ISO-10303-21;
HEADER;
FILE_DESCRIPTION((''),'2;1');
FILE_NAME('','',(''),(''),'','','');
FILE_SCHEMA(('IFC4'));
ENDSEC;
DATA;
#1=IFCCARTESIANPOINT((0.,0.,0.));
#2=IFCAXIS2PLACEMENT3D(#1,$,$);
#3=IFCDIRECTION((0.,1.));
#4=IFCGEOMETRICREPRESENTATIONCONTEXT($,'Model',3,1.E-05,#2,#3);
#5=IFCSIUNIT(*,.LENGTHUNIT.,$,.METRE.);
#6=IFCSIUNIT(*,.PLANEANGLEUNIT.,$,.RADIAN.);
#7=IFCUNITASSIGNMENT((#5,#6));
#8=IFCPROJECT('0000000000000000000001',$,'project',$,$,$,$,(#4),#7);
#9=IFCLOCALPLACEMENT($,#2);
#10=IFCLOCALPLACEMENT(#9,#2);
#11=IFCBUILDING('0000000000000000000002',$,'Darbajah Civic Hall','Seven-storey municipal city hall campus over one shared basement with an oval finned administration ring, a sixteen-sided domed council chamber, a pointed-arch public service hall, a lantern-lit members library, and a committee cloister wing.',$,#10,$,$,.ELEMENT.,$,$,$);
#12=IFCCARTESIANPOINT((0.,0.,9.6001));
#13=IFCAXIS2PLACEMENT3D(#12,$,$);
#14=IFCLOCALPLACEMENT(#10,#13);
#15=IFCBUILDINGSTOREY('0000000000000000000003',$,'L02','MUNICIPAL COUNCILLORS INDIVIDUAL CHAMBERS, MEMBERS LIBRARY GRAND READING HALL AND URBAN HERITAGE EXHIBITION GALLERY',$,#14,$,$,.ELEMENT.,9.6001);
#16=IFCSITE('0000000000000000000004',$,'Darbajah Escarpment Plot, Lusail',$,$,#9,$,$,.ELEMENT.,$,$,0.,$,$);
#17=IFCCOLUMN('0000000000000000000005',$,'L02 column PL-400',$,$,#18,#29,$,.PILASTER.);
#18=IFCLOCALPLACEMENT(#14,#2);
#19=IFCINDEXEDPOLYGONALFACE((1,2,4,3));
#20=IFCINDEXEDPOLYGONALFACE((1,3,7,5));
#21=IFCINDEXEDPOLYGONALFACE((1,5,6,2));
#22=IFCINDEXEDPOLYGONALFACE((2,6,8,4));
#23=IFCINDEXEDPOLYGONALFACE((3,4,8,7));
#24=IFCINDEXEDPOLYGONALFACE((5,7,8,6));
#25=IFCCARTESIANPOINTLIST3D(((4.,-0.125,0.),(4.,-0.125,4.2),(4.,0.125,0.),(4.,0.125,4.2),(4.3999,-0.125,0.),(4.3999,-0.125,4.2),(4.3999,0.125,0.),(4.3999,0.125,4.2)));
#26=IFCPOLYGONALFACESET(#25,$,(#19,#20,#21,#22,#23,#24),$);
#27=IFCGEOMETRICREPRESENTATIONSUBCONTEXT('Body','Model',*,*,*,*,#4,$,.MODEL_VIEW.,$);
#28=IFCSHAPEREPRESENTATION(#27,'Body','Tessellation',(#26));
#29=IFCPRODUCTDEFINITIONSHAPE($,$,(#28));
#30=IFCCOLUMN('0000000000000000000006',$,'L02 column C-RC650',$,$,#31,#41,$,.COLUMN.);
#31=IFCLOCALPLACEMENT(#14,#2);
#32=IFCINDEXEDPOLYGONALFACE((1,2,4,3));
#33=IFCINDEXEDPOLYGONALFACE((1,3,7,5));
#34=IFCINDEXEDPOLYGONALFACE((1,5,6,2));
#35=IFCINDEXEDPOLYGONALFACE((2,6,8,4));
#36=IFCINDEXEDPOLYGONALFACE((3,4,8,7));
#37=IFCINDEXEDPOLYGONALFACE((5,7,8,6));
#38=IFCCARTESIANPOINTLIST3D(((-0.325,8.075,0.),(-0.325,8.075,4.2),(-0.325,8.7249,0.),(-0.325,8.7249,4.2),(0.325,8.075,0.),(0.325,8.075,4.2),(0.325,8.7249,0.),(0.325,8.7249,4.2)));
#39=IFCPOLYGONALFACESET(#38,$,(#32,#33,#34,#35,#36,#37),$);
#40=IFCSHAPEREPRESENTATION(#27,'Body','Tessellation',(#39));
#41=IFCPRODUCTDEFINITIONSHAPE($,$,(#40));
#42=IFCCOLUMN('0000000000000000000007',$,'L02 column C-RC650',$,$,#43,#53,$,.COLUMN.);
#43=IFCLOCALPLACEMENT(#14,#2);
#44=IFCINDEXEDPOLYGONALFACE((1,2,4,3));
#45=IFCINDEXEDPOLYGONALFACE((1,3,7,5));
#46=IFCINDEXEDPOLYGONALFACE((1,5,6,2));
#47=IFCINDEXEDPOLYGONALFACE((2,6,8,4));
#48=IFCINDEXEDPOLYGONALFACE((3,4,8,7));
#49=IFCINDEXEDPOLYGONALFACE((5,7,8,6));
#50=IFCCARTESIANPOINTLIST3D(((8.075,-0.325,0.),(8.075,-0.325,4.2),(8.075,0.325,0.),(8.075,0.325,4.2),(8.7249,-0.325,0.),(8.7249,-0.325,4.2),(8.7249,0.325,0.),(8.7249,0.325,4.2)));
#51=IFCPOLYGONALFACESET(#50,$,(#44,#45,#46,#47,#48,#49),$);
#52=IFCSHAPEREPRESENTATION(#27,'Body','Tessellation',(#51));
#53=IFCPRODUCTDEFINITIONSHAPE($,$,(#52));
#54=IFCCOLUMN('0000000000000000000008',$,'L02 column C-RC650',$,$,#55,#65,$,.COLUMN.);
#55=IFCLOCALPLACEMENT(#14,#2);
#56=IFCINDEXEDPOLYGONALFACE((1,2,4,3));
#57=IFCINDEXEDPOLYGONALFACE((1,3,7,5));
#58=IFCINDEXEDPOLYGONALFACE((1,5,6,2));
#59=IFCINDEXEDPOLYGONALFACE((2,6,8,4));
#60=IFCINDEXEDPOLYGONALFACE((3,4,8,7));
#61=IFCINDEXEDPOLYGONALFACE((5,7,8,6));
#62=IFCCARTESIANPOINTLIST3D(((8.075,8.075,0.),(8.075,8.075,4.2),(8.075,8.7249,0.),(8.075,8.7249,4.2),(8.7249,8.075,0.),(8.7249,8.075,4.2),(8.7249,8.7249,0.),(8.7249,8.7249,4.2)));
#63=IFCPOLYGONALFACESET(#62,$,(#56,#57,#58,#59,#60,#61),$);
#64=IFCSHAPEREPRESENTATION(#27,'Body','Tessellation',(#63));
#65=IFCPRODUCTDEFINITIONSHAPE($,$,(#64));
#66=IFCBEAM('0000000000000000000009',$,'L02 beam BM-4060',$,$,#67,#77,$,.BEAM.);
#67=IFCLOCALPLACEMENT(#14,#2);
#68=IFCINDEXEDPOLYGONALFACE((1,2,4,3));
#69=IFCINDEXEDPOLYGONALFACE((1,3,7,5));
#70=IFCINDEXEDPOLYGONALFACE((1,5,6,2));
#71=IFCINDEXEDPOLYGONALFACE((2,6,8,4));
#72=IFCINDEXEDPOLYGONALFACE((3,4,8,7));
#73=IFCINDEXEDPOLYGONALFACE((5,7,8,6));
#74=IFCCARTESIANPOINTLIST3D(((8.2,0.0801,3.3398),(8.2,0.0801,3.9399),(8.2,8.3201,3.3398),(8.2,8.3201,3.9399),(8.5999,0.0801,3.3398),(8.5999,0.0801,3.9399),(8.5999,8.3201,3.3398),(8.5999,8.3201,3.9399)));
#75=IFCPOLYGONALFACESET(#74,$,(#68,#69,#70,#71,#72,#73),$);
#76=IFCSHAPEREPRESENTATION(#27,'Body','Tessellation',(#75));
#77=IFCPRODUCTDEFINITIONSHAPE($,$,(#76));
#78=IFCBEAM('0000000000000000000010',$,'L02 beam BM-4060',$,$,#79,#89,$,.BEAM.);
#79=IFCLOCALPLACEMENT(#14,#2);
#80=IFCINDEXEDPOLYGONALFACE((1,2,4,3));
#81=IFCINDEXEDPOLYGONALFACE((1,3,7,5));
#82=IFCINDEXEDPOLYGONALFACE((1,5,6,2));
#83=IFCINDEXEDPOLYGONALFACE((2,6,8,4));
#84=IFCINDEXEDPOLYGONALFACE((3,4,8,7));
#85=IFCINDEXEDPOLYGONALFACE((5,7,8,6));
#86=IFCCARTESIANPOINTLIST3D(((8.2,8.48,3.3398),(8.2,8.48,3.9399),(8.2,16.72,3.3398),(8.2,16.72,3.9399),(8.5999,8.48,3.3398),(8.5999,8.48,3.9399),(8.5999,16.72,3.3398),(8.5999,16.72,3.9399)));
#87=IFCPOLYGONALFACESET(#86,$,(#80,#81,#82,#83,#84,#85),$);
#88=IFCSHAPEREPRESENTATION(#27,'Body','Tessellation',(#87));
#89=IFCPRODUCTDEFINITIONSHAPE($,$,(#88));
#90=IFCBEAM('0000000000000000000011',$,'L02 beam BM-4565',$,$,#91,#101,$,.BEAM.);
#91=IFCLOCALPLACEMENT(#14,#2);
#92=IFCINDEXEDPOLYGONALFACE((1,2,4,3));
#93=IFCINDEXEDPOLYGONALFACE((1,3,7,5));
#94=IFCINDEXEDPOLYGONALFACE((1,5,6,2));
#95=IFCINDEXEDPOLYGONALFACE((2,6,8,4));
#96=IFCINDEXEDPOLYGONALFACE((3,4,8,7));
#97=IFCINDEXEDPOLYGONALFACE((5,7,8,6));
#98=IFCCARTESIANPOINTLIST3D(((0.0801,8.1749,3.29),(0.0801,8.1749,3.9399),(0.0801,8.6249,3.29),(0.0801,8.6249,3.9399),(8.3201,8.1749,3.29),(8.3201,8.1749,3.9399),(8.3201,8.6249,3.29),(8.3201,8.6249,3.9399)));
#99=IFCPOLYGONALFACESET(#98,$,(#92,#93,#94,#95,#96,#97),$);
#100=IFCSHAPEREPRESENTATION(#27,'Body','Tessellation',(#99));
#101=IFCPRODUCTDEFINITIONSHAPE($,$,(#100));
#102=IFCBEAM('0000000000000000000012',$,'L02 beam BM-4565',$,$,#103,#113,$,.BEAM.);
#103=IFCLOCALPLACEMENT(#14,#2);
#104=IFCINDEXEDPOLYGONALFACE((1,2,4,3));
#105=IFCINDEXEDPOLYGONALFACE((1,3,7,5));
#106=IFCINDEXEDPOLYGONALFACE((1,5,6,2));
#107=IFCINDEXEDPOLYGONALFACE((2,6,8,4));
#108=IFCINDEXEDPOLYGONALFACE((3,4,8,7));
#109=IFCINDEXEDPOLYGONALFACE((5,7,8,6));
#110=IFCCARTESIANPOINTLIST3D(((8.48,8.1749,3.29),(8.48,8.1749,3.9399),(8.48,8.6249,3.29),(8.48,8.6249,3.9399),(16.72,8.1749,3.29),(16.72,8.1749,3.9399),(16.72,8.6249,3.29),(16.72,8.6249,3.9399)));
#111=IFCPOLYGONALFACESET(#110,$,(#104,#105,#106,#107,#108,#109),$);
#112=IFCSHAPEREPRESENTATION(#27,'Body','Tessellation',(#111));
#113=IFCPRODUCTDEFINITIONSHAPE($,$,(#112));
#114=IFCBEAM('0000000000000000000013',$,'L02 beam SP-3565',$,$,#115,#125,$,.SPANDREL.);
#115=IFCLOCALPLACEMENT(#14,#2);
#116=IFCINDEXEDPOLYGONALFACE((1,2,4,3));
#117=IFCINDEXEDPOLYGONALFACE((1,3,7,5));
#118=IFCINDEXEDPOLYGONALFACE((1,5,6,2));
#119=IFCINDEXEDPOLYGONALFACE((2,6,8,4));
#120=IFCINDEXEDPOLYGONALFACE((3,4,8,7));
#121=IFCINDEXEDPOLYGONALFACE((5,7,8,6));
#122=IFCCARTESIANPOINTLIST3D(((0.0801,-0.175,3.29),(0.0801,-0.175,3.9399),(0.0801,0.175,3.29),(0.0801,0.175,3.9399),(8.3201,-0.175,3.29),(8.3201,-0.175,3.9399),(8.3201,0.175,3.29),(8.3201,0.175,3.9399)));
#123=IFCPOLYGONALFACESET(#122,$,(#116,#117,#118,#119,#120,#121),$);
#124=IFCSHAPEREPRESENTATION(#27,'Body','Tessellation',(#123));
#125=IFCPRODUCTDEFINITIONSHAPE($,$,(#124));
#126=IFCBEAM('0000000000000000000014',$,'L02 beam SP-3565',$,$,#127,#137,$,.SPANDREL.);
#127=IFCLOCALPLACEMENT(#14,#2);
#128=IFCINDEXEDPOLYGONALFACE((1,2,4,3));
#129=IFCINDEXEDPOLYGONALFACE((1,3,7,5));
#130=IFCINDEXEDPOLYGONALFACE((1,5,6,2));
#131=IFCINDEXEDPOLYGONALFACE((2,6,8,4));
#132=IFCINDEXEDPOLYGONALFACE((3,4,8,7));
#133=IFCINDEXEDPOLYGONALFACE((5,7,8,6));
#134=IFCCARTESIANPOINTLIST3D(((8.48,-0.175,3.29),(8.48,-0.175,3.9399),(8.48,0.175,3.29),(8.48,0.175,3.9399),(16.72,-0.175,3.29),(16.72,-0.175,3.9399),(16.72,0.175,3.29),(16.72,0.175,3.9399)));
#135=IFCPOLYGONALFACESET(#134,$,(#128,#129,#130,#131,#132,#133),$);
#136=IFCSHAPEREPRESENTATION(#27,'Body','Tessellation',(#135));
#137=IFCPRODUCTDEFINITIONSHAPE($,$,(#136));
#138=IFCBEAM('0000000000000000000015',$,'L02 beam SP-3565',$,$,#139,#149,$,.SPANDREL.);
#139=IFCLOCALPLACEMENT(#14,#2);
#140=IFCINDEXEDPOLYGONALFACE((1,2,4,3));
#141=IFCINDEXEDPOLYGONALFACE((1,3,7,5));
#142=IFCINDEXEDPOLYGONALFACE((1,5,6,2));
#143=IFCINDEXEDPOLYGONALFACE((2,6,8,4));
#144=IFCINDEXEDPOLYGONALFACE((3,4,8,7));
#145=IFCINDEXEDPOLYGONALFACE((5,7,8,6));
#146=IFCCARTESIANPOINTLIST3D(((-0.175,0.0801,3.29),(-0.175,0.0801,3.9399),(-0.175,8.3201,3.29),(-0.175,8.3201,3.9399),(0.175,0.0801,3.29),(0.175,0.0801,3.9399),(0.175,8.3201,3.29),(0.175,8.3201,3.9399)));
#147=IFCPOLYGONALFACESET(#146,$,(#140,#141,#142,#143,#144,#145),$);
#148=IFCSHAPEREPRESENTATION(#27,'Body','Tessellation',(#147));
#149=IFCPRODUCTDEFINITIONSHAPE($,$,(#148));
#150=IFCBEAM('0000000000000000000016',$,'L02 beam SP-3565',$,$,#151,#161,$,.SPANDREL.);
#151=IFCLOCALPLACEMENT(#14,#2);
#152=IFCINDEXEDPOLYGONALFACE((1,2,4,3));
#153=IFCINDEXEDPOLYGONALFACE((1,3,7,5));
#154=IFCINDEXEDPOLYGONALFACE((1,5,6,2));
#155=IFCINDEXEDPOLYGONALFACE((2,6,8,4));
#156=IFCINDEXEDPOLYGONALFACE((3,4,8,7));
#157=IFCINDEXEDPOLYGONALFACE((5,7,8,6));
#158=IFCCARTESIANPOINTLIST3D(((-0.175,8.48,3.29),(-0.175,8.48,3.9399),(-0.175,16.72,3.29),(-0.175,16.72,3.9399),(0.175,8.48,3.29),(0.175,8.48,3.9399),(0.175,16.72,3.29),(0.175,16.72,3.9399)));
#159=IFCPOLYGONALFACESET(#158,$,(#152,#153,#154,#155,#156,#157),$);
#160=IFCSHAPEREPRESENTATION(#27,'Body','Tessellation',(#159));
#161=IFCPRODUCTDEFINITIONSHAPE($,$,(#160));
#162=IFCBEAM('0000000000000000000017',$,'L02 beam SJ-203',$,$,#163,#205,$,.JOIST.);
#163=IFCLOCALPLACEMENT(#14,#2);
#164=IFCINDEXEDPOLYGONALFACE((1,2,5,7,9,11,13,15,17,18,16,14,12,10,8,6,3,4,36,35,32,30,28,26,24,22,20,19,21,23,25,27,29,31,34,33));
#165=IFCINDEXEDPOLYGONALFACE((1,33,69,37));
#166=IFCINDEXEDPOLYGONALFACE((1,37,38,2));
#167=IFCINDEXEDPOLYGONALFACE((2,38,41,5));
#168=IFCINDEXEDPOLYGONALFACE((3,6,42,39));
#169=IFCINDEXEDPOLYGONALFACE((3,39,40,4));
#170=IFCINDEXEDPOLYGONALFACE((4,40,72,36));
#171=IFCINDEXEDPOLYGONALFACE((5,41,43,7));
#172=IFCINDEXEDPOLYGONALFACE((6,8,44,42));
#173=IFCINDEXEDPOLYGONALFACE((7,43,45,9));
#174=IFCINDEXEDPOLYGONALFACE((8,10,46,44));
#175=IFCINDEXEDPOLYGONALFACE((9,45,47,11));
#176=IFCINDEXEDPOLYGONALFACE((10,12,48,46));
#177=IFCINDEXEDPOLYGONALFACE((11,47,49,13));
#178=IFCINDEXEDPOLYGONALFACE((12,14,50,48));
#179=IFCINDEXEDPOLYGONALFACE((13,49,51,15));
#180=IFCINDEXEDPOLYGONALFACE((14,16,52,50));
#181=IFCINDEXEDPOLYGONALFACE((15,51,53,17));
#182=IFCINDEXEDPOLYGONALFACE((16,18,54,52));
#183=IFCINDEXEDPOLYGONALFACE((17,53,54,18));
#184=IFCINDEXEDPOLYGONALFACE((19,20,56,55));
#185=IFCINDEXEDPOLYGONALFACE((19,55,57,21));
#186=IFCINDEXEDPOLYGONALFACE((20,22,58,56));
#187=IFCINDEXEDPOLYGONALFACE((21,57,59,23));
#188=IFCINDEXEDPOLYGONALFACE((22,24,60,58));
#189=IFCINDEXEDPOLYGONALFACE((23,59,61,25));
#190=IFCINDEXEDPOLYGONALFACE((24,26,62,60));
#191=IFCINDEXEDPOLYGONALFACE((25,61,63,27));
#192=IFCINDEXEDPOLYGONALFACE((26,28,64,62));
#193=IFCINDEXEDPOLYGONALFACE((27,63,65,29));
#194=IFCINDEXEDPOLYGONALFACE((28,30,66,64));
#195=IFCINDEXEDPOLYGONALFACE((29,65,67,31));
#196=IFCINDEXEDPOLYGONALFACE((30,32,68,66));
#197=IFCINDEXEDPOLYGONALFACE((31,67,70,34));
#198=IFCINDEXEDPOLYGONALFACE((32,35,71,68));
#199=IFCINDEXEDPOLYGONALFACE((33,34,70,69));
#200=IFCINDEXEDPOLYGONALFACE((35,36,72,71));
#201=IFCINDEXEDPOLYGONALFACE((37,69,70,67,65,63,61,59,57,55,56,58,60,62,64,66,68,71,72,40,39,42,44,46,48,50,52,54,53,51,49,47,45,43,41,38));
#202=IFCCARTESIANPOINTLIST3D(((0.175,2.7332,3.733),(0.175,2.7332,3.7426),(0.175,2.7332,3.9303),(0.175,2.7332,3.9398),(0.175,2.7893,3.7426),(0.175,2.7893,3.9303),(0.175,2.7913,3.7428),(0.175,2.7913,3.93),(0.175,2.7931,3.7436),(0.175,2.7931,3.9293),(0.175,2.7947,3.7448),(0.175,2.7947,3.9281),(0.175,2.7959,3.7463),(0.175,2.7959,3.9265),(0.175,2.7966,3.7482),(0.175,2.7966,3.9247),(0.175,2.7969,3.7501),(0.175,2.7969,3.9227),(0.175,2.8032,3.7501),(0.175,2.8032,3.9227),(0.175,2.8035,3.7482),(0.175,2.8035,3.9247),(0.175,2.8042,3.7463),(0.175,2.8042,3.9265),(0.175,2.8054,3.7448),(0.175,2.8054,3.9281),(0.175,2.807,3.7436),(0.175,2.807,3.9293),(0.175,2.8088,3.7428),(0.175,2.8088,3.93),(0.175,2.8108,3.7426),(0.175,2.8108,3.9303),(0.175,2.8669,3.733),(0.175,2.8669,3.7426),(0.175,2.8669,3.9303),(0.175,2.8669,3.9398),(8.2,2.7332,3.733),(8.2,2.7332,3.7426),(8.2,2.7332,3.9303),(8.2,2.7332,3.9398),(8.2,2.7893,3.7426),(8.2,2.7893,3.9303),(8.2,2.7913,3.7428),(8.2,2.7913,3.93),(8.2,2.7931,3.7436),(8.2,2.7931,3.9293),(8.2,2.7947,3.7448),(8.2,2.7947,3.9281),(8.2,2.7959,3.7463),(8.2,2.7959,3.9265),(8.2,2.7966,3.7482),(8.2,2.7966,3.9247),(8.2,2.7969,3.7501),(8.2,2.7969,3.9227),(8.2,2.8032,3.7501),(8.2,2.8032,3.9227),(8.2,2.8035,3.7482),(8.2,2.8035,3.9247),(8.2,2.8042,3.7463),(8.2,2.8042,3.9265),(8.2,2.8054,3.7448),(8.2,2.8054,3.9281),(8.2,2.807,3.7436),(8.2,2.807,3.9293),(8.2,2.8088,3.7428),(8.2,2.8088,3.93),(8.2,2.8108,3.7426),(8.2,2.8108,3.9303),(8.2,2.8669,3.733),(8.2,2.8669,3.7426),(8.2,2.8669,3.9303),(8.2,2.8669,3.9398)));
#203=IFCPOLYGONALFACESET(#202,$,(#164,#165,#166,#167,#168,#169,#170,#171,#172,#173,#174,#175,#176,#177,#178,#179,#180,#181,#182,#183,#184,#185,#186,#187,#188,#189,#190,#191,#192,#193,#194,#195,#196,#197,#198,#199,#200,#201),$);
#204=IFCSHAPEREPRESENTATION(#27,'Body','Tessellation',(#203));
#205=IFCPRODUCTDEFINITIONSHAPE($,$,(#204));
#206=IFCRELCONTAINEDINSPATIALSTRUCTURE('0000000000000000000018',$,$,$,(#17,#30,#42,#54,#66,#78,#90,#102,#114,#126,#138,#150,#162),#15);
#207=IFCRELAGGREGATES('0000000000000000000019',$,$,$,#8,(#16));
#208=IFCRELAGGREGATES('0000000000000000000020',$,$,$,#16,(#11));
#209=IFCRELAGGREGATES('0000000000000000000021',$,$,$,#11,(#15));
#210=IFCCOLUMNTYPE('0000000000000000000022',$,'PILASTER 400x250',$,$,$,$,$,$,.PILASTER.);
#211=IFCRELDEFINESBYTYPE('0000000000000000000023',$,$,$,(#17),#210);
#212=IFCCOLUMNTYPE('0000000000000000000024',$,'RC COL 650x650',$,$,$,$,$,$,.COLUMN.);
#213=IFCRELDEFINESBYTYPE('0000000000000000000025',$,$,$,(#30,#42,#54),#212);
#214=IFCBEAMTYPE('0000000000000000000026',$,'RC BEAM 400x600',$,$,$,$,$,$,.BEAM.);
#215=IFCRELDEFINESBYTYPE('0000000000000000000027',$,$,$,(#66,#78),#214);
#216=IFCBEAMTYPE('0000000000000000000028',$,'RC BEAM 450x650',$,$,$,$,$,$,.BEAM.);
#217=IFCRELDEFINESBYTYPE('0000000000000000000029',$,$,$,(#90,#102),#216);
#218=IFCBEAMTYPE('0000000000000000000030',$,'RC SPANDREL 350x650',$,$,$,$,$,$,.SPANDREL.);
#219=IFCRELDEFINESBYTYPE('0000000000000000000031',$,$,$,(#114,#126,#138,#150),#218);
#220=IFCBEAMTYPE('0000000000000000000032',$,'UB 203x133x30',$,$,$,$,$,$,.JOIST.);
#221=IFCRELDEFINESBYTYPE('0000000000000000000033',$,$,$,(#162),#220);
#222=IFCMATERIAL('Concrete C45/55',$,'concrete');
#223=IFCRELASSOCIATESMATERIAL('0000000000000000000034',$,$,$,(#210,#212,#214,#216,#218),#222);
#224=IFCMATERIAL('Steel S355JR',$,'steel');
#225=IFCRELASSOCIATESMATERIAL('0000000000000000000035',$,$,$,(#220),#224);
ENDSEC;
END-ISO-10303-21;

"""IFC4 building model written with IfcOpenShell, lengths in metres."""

from ifc_helpers import new_model, si_unit, direction, frame, origin, origin_2d, place, context, subcontext, project, spatial, rectangle, i_section, extrude, material, material_profile, profile_set, type_object, element, save


model = new_model("IFC4")

# Units and contexts
model_context = context("Model", 3, precision=1e-05, world=origin(), true_north=direction((0.0, 1.0)))
body_context = subcontext(model_context, "Body", "Model", "MODEL_VIEW")
ifc_project = project(units=[si_unit("LENGTHUNIT", "METRE"), si_unit("PLANEANGLEUNIT", "RADIAN")], contexts=[model_context])

# Site, building, storey
site_placement = place(None, origin())
site = spatial("IfcSite", under=ifc_project, at=site_placement, Name="Darbajah Escarpment Plot, Lusail", CompositionType="ELEMENT", RefElevation=0.0)
building_placement = place(site_placement, origin())
building = spatial("IfcBuilding", under=site, at=building_placement, Name="Darbajah Civic Hall", Description="Seven-storey municipal city hall campus over one shared basement with an oval finned administration ring, a sixteen-sided domed council chamber, a pointed-arch public service hall, a lantern-lit members library, and a committee cloister wing.", CompositionType="ELEMENT")
storey_placement = place(building_placement, frame((0.0, 0.0, 9.6001)))
storey = spatial("IfcBuildingStorey", under=building, at=storey_placement, Name="L02", Description="MUNICIPAL COUNCILLORS INDIVIDUAL CHAMBERS, MEMBERS LIBRARY GRAND READING HALL AND URBAN HERITAGE EXHIBITION GALLERY", CompositionType="ELEMENT", Elevation=9.6001)

# Columns
ifc_material_1 = material(Name="Concrete C45/55", Category="concrete")
ifc_material_profile_1 = material_profile(ifc_material_1, rectangle(XDim=0.3999, YDim=0.25, at=origin_2d()), Name="PILASTER 400x250")
ifc_profile_set_1 = profile_set([ifc_material_profile_1], Name="Concrete C45/55")
column_type_1 = type_object("IfcColumnType", Name="PILASTER 400x250", PredefinedType="PILASTER", material=ifc_profile_set_1)
column_placement = place(storey_placement, frame((4.2, 0.0, 0.0), z_axis=(0.0, 0.0, 1.0), x_axis=(1.0, 0.0, 0.0)))
element("IfcColumn", 1, at=column_placement, inside=storey, type_object=column_type_1, Name="L02 column PL-400", PredefinedType="PILASTER", context=body_context, shape_type="SweptSolid", body=[
    extrude(rectangle(XDim=0.3999, YDim=0.25, at=origin_2d()), origin(), (0.0, 0.0, 1.0), 4.2),
])
ifc_material_profile_2 = material_profile(ifc_material_1, rectangle(XDim=0.6499, YDim=0.6499, at=origin_2d()), Name="RC COL 650x650")
ifc_profile_set_2 = profile_set([ifc_material_profile_2], Name="Concrete C45/55")
column_type_2 = type_object("IfcColumnType", Name="RC COL 650x650", PredefinedType="COLUMN", material=ifc_profile_set_2)
for number, where, z_axis, x_axis, name in (
    (2, (0.0, 8.3999, 0.0), (0.0, 0.0, 1.0), (1.0, 0.0, 0.0), "L02 column C-RC650"),
    (3, (8.3999, 0.0, 0.0), (0.0, 0.0, 1.0), (1.0, 0.0, 0.0), "L02 column C-RC650"),
    (4, (8.3999, 8.3999, 0.0), (0.0, 0.0, 1.0), (1.0, 0.0, 0.0), "L02 column C-RC650"),
):
    element("IfcColumn", number, at=place(storey_placement, frame(where, z_axis=z_axis, x_axis=x_axis)), inside=storey, type_object=column_type_2, Name=name, PredefinedType="COLUMN", context=body_context, shape_type="SweptSolid", body=[
        extrude(rectangle(XDim=0.6499, YDim=0.6499, at=origin_2d()), origin(), (0.0, 0.0, 1.0), 4.2),
    ])

# Beams
ifc_material_profile_3 = material_profile(ifc_material_1, rectangle(XDim=0.3999, YDim=0.6001, at=origin_2d()), Name="RC BEAM 400x600")
ifc_profile_set_3 = profile_set([ifc_material_profile_3], Name="Concrete C45/55")
beam_type_1 = type_object("IfcBeamType", Name="RC BEAM 400x600", PredefinedType="BEAM", material=ifc_profile_set_3)
for number, where, z_axis, x_axis, name in (
    (5, (8.3999, 0.0801, 3.6399), (0.0, 1.0, 0.0), (-1.0, 0.0, 0.0), "L02 beam BM-4060"),
    (6, (8.3999, 8.48, 3.6399), (0.0, 1.0, 0.0), (-1.0, 0.0, 0.0), "L02 beam BM-4060"),
):
    element("IfcBeam", number, at=place(storey_placement, frame(where, z_axis=z_axis, x_axis=x_axis)), inside=storey, type_object=beam_type_1, Name=name, PredefinedType="BEAM", context=body_context, shape_type="SweptSolid", body=[
        extrude(rectangle(XDim=0.3999, YDim=0.6001, at=origin_2d()), origin(), (0.0, 0.0, 1.0), 8.24),
    ])
ifc_material_profile_4 = material_profile(ifc_material_1, rectangle(XDim=0.45, YDim=0.6499, at=origin_2d()), Name="RC BEAM 450x650")
ifc_profile_set_4 = profile_set([ifc_material_profile_4], Name="Concrete C45/55")
beam_type_2 = type_object("IfcBeamType", Name="RC BEAM 450x650", PredefinedType="BEAM", material=ifc_profile_set_4)
for number, where, z_axis, x_axis, name in (
    (7, (0.0801, 8.3999, 3.615), (1.0, 0.0, 0.0), (0.0, 1.0, 0.0), "L02 beam BM-4565"),
    (8, (8.48, 8.3999, 3.615), (1.0, 0.0, 0.0), (0.0, 1.0, 0.0), "L02 beam BM-4565"),
):
    element("IfcBeam", number, at=place(storey_placement, frame(where, z_axis=z_axis, x_axis=x_axis)), inside=storey, type_object=beam_type_2, Name=name, PredefinedType="BEAM", context=body_context, shape_type="SweptSolid", body=[
        extrude(rectangle(XDim=0.45, YDim=0.6499, at=origin_2d()), origin(), (0.0, 0.0, 1.0), 8.24),
    ])
ifc_material_profile_5 = material_profile(ifc_material_1, rectangle(XDim=0.3501, YDim=0.6499, at=origin_2d()), Name="RC SPANDREL 350x650")
ifc_profile_set_5 = profile_set([ifc_material_profile_5], Name="Concrete C45/55")
beam_type_3 = type_object("IfcBeamType", Name="RC SPANDREL 350x650", PredefinedType="SPANDREL", material=ifc_profile_set_5)
for number, where, z_axis, x_axis, name in (
    (9, (0.0801, 0.0, 3.615), (1.0, 0.0, 0.0), (0.0, 1.0, 0.0), "L02 beam SP-3565"),
    (10, (8.48, 0.0, 3.615), (1.0, 0.0, 0.0), (0.0, 1.0, 0.0), "L02 beam SP-3565"),
    (11, (0.0, 0.0801, 3.615), (0.0, 1.0, 0.0), (-1.0, 0.0, 0.0), "L02 beam SP-3565"),
    (12, (0.0, 8.48, 3.615), (0.0, 1.0, 0.0), (-1.0, 0.0, 0.0), "L02 beam SP-3565"),
):
    element("IfcBeam", number, at=place(storey_placement, frame(where, z_axis=z_axis, x_axis=x_axis)), inside=storey, type_object=beam_type_3, Name=name, PredefinedType="SPANDREL", context=body_context, shape_type="SweptSolid", body=[
        extrude(rectangle(XDim=0.3501, YDim=0.6499, at=origin_2d()), origin(), (0.0, 0.0, 1.0), 8.24),
    ])
ifc_material_2 = material(Name="Steel S355JR", Category="steel")
ifc_material_profile_6 = material_profile(ifc_material_2, i_section(OverallWidth=0.1338, OverallDepth=0.2068, WebThickness=0.0063, FlangeThickness=0.0095, FilletRadius=0.0076, at=origin_2d()), Name="UB 203x133x30")
ifc_profile_set_6 = profile_set([ifc_material_profile_6], Name="Steel S355JR")
beam_type_4 = type_object("IfcBeamType", Name="UB 203x133x30", PredefinedType="JOIST", material=ifc_profile_set_6)
for number, where, z_axis, x_axis, name in (
    (13, (0.175, 2.8, 3.8364), (1.0, 0.0, 0.0), (0.0, 1.0, 0.0), "L02 beam SJ-203"),
):
    element("IfcBeam", number, at=place(storey_placement, frame(where, z_axis=z_axis, x_axis=x_axis)), inside=storey, type_object=beam_type_4, Name=name, PredefinedType="JOIST", context=body_context, shape_type="SweptSolid", body=[
        extrude(i_section(OverallWidth=0.1338, OverallDepth=0.2068, WebThickness=0.0063, FlangeThickness=0.0095, FilletRadius=0.0076, at=origin_2d()), origin(), (0.0, 0.0, 1.0), 8.0249),
    ])

save(model, "model.ifc")
